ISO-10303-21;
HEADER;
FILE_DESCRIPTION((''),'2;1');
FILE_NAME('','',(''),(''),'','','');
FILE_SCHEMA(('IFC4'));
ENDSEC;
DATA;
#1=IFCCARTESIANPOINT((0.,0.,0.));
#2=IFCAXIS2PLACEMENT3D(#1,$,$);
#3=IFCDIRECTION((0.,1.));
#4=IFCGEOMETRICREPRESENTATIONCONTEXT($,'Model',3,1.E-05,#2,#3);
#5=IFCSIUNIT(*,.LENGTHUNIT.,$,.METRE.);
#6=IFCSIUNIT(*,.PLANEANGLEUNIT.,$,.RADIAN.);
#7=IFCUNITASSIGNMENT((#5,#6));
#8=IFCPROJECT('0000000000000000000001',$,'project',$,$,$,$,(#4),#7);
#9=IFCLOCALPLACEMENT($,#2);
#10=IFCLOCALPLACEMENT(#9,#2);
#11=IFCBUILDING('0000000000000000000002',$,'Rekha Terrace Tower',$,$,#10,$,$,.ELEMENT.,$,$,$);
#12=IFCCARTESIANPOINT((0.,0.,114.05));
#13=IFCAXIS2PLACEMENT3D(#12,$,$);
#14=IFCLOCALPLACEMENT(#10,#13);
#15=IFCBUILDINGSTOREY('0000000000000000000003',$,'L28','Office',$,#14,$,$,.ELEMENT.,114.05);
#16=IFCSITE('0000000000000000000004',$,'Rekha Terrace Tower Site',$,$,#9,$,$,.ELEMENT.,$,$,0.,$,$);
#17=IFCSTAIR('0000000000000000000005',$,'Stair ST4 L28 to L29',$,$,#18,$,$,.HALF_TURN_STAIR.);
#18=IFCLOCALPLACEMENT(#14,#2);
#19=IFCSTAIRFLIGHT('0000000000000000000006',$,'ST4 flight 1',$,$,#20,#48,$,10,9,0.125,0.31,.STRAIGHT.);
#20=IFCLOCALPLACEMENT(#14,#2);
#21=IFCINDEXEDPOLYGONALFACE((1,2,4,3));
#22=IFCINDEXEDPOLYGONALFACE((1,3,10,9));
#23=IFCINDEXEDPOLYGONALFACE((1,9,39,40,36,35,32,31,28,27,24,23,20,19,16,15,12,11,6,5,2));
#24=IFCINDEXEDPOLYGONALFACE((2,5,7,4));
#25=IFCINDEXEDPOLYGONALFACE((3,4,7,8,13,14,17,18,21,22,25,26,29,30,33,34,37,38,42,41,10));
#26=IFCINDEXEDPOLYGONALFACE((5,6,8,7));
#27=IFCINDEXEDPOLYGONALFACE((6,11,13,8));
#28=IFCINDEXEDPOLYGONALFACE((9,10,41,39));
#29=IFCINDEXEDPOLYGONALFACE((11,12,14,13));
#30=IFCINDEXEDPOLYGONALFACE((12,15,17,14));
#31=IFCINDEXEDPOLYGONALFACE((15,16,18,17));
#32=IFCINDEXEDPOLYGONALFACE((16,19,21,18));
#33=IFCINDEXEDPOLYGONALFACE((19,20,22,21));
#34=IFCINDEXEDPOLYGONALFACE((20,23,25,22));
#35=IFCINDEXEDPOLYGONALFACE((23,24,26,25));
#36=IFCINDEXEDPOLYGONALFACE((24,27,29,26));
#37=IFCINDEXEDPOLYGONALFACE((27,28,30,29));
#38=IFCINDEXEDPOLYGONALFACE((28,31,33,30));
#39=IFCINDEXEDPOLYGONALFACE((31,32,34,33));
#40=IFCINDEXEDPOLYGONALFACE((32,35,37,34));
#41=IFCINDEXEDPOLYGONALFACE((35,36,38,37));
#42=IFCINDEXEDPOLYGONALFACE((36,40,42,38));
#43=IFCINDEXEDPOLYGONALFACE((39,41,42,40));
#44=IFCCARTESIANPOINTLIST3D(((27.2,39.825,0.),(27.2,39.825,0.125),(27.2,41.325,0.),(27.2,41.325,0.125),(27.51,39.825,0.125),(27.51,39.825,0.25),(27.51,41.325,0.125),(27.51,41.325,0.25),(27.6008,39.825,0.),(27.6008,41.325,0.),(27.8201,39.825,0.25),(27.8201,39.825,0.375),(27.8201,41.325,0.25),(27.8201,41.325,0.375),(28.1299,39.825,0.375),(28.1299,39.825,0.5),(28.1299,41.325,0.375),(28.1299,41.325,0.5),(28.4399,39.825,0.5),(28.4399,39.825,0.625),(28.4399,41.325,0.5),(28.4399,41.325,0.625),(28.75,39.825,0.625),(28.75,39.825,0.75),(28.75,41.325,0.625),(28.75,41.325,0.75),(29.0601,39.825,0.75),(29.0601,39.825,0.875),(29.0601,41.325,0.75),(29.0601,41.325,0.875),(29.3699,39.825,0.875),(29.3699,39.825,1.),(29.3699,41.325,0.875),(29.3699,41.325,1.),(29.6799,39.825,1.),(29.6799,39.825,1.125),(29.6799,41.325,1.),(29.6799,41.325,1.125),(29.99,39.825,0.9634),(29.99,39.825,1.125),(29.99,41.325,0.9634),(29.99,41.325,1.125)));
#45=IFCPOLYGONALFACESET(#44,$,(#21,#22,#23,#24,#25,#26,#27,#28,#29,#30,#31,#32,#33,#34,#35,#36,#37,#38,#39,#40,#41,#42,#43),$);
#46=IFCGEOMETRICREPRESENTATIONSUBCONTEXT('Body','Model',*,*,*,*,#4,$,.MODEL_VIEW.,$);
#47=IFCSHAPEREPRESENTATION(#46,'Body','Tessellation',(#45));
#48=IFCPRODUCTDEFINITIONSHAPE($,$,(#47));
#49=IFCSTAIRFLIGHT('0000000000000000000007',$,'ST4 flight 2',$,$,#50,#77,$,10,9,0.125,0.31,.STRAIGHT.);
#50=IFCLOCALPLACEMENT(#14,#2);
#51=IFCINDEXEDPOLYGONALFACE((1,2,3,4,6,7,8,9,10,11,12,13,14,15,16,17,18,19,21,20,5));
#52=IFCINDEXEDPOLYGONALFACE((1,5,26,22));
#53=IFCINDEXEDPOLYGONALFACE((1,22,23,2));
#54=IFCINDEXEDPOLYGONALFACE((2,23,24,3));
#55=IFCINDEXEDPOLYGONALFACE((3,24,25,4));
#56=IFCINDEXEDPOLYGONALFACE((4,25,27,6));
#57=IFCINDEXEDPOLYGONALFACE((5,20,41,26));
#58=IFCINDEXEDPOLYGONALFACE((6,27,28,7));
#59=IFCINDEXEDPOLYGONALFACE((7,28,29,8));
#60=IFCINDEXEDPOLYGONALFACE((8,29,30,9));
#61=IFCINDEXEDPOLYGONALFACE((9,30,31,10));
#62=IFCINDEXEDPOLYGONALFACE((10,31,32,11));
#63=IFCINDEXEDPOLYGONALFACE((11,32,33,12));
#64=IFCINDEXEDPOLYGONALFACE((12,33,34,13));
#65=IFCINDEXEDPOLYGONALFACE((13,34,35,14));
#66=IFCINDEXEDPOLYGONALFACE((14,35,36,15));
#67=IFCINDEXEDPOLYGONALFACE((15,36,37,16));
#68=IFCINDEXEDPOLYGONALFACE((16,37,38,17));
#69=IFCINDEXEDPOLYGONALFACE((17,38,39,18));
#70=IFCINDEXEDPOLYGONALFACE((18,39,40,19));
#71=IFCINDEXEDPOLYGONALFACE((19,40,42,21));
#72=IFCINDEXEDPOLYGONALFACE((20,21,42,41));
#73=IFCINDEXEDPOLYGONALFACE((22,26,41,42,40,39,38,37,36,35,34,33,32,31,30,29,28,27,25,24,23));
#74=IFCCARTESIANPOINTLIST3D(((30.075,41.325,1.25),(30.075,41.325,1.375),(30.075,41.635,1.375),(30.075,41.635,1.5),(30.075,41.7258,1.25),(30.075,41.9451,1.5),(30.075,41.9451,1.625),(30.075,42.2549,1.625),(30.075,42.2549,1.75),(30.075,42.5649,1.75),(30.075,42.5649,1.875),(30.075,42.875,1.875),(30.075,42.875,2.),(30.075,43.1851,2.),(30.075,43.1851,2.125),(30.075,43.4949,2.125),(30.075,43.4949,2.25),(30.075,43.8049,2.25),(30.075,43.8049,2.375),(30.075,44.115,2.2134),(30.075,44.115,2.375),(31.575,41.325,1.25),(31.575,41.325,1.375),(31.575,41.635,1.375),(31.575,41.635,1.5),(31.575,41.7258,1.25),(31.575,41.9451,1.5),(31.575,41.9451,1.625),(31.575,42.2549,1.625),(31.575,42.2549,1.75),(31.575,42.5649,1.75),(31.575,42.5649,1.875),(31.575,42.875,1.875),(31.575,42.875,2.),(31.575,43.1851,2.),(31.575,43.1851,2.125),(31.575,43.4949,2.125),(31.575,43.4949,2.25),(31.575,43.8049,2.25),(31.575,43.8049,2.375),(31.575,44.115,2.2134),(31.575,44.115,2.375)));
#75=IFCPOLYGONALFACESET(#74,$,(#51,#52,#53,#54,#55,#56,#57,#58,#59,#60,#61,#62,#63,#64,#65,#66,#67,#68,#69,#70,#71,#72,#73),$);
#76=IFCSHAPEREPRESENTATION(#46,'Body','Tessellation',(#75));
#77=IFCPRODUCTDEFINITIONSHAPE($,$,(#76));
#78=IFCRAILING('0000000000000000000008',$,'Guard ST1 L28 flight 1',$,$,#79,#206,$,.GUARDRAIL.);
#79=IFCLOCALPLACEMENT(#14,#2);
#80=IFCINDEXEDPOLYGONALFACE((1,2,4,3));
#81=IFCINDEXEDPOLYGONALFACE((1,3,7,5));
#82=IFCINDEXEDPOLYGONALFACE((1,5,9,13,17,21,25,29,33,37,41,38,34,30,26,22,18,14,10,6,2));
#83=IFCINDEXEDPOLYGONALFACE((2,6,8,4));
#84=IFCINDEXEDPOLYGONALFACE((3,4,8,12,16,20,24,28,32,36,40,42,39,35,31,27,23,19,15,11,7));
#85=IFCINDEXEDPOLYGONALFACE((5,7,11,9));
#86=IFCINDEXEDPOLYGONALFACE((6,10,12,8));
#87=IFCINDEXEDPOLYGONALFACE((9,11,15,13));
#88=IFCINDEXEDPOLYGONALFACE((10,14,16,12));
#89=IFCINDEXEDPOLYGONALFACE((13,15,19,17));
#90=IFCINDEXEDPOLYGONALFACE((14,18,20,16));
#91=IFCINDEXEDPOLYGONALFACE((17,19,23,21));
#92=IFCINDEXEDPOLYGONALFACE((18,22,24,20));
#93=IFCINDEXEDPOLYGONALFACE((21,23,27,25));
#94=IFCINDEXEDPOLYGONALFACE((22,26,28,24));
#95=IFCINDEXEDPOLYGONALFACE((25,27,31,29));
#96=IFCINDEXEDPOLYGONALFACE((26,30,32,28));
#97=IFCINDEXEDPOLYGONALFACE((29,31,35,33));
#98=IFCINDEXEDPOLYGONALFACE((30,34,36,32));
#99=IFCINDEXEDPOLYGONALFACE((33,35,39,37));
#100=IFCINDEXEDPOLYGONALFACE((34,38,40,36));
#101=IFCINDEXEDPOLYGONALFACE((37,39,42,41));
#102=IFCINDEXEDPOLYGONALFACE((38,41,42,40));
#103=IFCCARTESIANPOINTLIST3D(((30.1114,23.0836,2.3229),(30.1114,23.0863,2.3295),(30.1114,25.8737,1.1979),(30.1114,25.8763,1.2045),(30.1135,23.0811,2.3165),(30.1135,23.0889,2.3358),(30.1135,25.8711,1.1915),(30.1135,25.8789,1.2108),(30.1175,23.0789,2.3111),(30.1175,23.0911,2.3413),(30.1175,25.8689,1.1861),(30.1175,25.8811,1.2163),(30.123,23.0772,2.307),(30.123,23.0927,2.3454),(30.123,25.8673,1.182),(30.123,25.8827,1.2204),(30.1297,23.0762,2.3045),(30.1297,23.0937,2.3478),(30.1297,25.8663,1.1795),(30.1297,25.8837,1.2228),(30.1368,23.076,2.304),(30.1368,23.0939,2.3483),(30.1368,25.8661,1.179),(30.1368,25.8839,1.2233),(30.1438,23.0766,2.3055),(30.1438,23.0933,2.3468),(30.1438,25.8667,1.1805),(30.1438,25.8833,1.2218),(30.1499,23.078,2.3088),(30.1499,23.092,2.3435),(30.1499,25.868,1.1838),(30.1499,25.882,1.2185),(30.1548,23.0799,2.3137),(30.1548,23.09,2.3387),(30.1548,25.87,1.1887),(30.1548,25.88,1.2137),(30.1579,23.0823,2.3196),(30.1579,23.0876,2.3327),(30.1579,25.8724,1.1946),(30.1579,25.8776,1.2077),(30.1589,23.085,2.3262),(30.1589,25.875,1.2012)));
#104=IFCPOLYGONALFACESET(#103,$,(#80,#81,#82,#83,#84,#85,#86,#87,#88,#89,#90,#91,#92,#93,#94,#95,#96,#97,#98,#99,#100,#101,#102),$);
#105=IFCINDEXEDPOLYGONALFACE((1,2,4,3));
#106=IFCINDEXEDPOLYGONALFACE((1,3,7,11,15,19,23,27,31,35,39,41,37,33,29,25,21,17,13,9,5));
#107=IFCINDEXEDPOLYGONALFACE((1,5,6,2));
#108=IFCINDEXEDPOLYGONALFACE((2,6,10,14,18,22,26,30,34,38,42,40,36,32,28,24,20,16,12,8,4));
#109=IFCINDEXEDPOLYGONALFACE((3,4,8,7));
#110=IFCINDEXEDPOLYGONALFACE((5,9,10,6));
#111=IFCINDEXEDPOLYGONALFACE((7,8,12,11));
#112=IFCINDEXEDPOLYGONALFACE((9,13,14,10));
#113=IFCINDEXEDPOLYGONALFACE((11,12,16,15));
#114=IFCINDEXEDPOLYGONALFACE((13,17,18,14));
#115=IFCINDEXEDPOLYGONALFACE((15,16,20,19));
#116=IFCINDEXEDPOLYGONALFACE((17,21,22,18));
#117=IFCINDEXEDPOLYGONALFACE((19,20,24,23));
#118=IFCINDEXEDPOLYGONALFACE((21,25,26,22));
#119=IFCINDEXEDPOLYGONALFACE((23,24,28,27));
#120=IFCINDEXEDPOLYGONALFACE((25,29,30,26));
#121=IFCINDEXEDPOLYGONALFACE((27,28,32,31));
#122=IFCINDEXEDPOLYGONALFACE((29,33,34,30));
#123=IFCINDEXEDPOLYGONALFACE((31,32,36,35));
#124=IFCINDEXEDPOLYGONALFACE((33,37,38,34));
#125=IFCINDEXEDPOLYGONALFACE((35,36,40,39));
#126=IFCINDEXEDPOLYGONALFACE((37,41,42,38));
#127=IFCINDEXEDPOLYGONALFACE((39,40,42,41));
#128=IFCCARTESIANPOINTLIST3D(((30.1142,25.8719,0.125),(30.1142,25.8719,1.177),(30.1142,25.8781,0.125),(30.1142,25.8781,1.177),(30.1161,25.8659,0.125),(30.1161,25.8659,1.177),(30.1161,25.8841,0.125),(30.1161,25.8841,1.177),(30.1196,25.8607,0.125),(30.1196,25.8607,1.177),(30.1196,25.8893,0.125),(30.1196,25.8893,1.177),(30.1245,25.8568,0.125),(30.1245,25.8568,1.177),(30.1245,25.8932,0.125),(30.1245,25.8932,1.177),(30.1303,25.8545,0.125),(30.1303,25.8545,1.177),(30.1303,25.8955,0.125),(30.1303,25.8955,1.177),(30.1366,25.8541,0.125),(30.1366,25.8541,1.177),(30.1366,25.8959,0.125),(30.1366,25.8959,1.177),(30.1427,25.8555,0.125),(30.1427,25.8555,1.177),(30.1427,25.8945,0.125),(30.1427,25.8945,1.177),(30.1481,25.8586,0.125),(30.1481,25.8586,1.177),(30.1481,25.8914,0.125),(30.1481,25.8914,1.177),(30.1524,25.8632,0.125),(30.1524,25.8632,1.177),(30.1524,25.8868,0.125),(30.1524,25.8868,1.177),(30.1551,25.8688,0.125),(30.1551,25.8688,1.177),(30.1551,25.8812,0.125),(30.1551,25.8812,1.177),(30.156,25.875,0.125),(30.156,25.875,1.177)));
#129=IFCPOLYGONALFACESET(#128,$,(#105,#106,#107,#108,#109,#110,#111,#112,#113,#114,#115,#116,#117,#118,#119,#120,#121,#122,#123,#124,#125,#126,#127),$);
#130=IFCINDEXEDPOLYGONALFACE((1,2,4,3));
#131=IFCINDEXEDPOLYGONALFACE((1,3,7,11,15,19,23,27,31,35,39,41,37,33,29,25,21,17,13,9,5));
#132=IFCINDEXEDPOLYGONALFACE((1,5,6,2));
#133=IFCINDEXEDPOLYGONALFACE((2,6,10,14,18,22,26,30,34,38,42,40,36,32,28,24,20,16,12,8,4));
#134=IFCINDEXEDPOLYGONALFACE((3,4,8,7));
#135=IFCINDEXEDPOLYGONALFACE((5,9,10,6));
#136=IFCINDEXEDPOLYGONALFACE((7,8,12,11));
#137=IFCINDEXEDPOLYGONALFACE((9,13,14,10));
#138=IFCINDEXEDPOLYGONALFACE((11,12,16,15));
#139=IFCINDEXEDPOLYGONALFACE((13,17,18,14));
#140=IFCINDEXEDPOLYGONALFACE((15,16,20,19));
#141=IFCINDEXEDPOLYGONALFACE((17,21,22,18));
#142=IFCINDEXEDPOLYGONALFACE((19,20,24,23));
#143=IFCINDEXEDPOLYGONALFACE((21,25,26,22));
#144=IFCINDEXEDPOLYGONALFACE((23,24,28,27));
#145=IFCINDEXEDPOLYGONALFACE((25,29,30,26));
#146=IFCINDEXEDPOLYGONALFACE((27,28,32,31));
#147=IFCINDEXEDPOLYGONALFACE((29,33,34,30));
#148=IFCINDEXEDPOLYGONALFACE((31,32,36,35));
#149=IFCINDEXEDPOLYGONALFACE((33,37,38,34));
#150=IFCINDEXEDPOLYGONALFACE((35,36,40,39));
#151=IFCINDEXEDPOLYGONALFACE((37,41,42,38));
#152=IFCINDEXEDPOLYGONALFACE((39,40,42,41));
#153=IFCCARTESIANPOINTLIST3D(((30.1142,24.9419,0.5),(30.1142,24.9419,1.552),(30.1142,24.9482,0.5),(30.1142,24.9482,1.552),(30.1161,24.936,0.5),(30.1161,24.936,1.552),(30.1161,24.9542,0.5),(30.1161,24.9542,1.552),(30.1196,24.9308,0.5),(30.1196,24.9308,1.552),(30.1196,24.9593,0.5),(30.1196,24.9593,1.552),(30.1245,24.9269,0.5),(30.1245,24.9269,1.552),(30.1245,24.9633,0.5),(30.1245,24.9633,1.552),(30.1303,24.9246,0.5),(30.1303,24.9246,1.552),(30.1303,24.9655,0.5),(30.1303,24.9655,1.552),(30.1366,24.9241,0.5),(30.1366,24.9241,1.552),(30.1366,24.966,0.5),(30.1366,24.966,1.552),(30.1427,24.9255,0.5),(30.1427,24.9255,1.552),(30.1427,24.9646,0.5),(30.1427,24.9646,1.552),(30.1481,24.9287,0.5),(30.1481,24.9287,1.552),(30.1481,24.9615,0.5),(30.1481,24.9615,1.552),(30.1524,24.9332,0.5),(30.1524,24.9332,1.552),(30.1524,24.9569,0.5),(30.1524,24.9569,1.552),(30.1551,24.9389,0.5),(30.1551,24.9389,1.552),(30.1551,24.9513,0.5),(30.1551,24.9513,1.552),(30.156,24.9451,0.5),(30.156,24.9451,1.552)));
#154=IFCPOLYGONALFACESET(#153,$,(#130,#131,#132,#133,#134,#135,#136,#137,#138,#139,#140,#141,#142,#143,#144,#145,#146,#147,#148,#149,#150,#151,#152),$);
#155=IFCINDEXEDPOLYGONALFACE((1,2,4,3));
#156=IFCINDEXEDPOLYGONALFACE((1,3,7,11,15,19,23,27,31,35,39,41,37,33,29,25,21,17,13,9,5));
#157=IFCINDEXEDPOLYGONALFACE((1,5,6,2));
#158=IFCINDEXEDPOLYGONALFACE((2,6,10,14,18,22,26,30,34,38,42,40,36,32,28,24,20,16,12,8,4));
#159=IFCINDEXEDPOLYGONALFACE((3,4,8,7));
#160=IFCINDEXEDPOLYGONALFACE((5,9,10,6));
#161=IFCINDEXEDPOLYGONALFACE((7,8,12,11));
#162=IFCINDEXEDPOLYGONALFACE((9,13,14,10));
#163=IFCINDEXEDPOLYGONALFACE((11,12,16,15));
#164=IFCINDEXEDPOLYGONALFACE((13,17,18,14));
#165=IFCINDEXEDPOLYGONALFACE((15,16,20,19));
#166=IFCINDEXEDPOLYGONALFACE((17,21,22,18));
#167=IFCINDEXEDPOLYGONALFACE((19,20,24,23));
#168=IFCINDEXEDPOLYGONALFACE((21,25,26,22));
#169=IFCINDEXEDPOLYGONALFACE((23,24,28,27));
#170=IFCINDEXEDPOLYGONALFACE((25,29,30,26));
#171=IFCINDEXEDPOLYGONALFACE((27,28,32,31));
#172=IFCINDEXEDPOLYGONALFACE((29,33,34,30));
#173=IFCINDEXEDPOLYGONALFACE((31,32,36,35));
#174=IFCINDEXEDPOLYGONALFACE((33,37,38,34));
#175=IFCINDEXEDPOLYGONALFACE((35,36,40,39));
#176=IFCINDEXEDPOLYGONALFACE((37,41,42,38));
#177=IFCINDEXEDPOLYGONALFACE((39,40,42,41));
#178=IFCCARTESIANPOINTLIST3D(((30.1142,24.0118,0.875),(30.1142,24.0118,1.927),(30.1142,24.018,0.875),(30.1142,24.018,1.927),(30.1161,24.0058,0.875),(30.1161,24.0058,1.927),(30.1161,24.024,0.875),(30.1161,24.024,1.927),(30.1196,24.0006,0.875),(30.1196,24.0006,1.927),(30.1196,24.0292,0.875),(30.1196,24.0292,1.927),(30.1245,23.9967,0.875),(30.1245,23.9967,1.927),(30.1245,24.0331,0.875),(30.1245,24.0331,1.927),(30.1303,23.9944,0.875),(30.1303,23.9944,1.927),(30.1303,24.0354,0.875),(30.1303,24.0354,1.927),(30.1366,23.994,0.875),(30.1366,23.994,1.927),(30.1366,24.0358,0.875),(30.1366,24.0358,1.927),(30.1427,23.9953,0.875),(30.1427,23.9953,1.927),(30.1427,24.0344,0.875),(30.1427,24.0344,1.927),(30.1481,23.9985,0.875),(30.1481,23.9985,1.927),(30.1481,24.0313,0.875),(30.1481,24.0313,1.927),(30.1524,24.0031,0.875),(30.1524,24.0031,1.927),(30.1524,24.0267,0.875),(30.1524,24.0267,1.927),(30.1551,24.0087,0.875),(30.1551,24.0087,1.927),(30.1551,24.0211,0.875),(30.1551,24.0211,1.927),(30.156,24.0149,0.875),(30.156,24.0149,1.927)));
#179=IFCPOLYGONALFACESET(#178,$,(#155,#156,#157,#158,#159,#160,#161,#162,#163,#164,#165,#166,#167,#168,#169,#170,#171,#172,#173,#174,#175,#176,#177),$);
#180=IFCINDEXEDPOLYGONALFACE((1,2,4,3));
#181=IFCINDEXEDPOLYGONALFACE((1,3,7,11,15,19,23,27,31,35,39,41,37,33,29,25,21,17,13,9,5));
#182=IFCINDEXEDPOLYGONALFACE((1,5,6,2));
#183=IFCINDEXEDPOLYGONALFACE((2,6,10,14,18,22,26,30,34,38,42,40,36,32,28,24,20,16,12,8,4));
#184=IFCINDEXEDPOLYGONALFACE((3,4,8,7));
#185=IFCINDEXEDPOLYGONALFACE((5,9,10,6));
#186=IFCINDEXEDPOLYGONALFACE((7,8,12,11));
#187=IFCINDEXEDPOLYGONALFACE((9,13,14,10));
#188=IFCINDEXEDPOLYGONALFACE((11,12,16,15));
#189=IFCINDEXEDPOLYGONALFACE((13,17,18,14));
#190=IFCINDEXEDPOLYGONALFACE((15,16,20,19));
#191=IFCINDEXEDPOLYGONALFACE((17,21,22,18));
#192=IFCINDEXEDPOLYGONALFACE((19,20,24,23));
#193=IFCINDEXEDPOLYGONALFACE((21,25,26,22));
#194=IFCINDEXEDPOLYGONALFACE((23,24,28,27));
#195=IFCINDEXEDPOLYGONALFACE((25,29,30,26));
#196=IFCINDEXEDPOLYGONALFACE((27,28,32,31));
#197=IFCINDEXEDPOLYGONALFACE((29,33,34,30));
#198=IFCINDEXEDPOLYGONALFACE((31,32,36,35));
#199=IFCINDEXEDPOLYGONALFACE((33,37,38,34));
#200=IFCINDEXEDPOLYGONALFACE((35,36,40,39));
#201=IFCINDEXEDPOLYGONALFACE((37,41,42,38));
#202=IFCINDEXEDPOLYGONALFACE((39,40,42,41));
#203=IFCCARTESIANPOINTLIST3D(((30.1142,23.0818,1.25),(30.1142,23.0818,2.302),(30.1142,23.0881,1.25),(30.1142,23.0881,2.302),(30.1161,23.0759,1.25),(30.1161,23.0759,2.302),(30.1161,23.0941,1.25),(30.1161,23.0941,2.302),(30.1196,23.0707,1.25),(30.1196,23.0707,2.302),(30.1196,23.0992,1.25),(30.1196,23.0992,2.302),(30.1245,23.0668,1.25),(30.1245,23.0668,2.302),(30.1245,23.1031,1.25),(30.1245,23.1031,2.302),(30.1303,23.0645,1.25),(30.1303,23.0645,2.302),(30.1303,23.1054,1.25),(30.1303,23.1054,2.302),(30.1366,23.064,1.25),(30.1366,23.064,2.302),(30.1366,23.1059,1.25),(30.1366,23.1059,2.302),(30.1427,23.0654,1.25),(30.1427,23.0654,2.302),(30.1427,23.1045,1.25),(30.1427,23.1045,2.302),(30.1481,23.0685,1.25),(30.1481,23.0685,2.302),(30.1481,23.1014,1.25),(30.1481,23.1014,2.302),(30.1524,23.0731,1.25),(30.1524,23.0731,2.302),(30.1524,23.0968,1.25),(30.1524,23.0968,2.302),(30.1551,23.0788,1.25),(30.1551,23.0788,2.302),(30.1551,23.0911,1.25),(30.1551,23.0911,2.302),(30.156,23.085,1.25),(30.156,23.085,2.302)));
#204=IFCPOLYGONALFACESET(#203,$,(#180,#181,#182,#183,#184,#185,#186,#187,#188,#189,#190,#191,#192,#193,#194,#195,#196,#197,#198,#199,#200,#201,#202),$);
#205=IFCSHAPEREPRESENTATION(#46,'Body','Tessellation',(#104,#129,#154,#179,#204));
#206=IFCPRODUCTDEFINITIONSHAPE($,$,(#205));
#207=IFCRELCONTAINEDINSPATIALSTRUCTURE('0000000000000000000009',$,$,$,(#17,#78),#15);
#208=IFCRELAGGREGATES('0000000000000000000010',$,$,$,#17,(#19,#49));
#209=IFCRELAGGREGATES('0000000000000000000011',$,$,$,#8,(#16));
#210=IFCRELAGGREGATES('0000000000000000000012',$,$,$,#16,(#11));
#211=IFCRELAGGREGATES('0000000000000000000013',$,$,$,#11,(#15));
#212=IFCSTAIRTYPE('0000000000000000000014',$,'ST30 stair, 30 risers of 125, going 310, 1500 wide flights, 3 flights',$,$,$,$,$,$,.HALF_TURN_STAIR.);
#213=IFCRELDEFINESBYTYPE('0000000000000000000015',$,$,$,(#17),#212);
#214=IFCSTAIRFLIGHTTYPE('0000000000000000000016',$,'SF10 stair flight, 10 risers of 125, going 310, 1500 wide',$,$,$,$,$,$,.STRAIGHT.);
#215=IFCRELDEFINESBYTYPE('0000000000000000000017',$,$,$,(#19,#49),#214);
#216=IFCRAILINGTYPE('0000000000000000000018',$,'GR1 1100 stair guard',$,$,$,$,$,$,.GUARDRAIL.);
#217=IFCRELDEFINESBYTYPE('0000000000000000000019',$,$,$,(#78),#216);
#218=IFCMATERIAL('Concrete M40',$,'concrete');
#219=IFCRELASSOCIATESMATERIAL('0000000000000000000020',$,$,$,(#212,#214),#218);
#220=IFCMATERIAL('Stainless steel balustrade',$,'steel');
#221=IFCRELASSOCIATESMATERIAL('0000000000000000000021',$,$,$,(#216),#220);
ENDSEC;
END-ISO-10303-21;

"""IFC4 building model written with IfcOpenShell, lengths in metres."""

from ifc_helpers import new_model, si_unit, direction, frame, origin, origin_2d, place, context, subcontext, project, spatial, polyline, circle, outline, extrude, material, type_object, element, aggregate, save


model = new_model("IFC4")

# Units and contexts
model_context = context("Model", 3, precision=1e-05, world=origin(), true_north=direction((0.0, 1.0)))
body_context = subcontext(model_context, "Body", "Model", "MODEL_VIEW")
ifc_project = project(units=[si_unit("LENGTHUNIT", "METRE"), si_unit("PLANEANGLEUNIT", "RADIAN")], contexts=[model_context])

# Site, building, storey
site_placement = place(None, origin())
site = spatial("IfcSite", under=ifc_project, at=site_placement, Name="Rekha Terrace Tower Site", CompositionType="ELEMENT", RefElevation=0.0)
building_placement = place(site_placement, origin())
building = spatial("IfcBuilding", under=site, at=building_placement, Name="Rekha Terrace Tower", CompositionType="ELEMENT")
storey_placement = place(building_placement, frame((0.0, 0.0, 114.05)))
storey = spatial("IfcBuildingStorey", under=building, at=storey_placement, Name="L28", Description="Office", CompositionType="ELEMENT", Elevation=114.05)

# Shared definitions
ifc_material_1 = material(Name="Concrete M40", Category="concrete")
stair_type = type_object("IfcStairType", Name="ST30 stair, 30 risers of 125, going 310, 1500 wide flights, 3 flights", PredefinedType="HALF_TURN_STAIR", material=ifc_material_1)
stair_flight_type = type_object("IfcStairFlightType", Name="SF10 stair flight, 10 risers of 125, going 310, 1500 wide", PredefinedType="STRAIGHT", material=ifc_material_1)

# Stair, stair flights
stair_1_placement = place(storey_placement, origin())
stair_1 = element("IfcStair", 1, at=stair_1_placement, inside=storey, type_object=stair_type, Name="Stair ST4 L28 to L29", PredefinedType="HALF_TURN_STAIR")
stair_flight_1_placement = place(storey_placement, frame((27.2, 40.575, 0.0), z_axis=(0.0, 0.0, 1.0), x_axis=(1.0, 0.0, 0.0)))
stair_flight_1 = element("IfcStairFlight", 2, at=stair_flight_1_placement, type_object=stair_flight_type, Name="ST4 flight 1", NumberOfRisers=10, NumberOfTreads=9, PredefinedType="STRAIGHT", RiserHeight=0.125, TreadLength=0.31, context=body_context, shape_type="SweptSolid", body=[
    extrude(outline(polyline([(0.0, 0.0), (0.0, 0.125), (0.3101, 0.125), (0.3101, 0.25), (0.6201, 0.25), (0.6201, 0.375), (0.9299, 0.375), (0.9299, 0.5), (1.24, 0.5), (1.24, 0.625), (1.55, 0.625), (1.55, 0.75), (1.8601, 0.75), (1.8601, 0.875), (2.1699, 0.875), (2.1699, 1.0), (2.48, 1.0), (2.48, 1.125), (2.79, 1.125), (2.79, 1.25), (2.79, 0.9634), (0.4009, 0.0), (0.0, 0.0)])), frame((0.0, 0.75, 0.0), z_axis=(0.0, -1.0, 0.0), x_axis=(1.0, 0.0, 0.0)), (0.0, 0.0, 1.0), 1.5),
])
stair_flight_2_placement = place(storey_placement, frame((30.825, 41.325, 1.25), z_axis=(0.0, 0.0, 1.0), x_axis=(0.0, 1.0, 0.0)))
stair_flight_2 = element("IfcStairFlight", 3, at=stair_flight_2_placement, type_object=stair_flight_type, Name="ST4 flight 2", NumberOfRisers=10, NumberOfTreads=9, PredefinedType="STRAIGHT", RiserHeight=0.125, TreadLength=0.31, context=body_context, shape_type="SweptSolid", body=[
    extrude(outline(polyline([(0.0, 0.0), (0.0, 0.125), (0.3101, 0.125), (0.3101, 0.25), (0.6201, 0.25), (0.6201, 0.375), (0.9299, 0.375), (0.9299, 0.5), (1.24, 0.5), (1.24, 0.625), (1.55, 0.625), (1.55, 0.75), (1.8601, 0.75), (1.8601, 0.875), (2.1699, 0.875), (2.1699, 1.0), (2.48, 1.0), (2.48, 1.125), (2.79, 1.125), (2.79, 1.25), (2.79, 0.9634), (0.4009, 0.0), (0.0, 0.0)])), frame((0.0, 0.75, 0.0), z_axis=(0.0, -1.0, 0.0), x_axis=(1.0, 0.0, 0.0)), (0.0, 0.0, 1.0), 1.5),
])
aggregate(stair_1, [stair_flight_1, stair_flight_2])

# Railing
ifc_material_2 = material(Name="Stainless steel balustrade", Category="steel")
railing_type_1 = type_object("IfcRailingType", Name="GR1 1100 stair guard", PredefinedType="GUARDRAIL", material=ifc_material_2)
railing_1_placement = place(storey_placement, frame((30.135, 25.875, 0.125)))
element("IfcRailing", 4, at=railing_1_placement, inside=storey, type_object=railing_type_1, Name="Guard ST1 L28 flight 1", PredefinedType="GUARDRAIL", context=body_context, shape_type="SweptSolid", body=[
    extrude(circle(Radius=0.0239, at=origin_2d()), frame((0.0, 0.0, 1.0762), z_axis=(0.0, -0.927443, 0.373964), x_axis=(1.0, 0.0, 0.0)), (0.0, 0.0, 1.0), 3.0083),
    extrude(circle(Radius=0.021, at=origin_2d()), origin(), (0.0, 0.0, 1.0), 1.052),
    extrude(circle(Radius=0.021, at=origin_2d()), frame((0.0, -0.9299, 0.375)), (0.0, 0.0, 1.0), 1.052),
    extrude(circle(Radius=0.021, at=origin_2d()), frame((0.0, -1.8601, 0.75)), (0.0, 0.0, 1.0), 1.052),
    extrude(circle(Radius=0.021, at=origin_2d()), frame((0.0, -2.79, 1.125)), (0.0, 0.0, 1.0), 1.052),
])

save(model, "model.ifc")
